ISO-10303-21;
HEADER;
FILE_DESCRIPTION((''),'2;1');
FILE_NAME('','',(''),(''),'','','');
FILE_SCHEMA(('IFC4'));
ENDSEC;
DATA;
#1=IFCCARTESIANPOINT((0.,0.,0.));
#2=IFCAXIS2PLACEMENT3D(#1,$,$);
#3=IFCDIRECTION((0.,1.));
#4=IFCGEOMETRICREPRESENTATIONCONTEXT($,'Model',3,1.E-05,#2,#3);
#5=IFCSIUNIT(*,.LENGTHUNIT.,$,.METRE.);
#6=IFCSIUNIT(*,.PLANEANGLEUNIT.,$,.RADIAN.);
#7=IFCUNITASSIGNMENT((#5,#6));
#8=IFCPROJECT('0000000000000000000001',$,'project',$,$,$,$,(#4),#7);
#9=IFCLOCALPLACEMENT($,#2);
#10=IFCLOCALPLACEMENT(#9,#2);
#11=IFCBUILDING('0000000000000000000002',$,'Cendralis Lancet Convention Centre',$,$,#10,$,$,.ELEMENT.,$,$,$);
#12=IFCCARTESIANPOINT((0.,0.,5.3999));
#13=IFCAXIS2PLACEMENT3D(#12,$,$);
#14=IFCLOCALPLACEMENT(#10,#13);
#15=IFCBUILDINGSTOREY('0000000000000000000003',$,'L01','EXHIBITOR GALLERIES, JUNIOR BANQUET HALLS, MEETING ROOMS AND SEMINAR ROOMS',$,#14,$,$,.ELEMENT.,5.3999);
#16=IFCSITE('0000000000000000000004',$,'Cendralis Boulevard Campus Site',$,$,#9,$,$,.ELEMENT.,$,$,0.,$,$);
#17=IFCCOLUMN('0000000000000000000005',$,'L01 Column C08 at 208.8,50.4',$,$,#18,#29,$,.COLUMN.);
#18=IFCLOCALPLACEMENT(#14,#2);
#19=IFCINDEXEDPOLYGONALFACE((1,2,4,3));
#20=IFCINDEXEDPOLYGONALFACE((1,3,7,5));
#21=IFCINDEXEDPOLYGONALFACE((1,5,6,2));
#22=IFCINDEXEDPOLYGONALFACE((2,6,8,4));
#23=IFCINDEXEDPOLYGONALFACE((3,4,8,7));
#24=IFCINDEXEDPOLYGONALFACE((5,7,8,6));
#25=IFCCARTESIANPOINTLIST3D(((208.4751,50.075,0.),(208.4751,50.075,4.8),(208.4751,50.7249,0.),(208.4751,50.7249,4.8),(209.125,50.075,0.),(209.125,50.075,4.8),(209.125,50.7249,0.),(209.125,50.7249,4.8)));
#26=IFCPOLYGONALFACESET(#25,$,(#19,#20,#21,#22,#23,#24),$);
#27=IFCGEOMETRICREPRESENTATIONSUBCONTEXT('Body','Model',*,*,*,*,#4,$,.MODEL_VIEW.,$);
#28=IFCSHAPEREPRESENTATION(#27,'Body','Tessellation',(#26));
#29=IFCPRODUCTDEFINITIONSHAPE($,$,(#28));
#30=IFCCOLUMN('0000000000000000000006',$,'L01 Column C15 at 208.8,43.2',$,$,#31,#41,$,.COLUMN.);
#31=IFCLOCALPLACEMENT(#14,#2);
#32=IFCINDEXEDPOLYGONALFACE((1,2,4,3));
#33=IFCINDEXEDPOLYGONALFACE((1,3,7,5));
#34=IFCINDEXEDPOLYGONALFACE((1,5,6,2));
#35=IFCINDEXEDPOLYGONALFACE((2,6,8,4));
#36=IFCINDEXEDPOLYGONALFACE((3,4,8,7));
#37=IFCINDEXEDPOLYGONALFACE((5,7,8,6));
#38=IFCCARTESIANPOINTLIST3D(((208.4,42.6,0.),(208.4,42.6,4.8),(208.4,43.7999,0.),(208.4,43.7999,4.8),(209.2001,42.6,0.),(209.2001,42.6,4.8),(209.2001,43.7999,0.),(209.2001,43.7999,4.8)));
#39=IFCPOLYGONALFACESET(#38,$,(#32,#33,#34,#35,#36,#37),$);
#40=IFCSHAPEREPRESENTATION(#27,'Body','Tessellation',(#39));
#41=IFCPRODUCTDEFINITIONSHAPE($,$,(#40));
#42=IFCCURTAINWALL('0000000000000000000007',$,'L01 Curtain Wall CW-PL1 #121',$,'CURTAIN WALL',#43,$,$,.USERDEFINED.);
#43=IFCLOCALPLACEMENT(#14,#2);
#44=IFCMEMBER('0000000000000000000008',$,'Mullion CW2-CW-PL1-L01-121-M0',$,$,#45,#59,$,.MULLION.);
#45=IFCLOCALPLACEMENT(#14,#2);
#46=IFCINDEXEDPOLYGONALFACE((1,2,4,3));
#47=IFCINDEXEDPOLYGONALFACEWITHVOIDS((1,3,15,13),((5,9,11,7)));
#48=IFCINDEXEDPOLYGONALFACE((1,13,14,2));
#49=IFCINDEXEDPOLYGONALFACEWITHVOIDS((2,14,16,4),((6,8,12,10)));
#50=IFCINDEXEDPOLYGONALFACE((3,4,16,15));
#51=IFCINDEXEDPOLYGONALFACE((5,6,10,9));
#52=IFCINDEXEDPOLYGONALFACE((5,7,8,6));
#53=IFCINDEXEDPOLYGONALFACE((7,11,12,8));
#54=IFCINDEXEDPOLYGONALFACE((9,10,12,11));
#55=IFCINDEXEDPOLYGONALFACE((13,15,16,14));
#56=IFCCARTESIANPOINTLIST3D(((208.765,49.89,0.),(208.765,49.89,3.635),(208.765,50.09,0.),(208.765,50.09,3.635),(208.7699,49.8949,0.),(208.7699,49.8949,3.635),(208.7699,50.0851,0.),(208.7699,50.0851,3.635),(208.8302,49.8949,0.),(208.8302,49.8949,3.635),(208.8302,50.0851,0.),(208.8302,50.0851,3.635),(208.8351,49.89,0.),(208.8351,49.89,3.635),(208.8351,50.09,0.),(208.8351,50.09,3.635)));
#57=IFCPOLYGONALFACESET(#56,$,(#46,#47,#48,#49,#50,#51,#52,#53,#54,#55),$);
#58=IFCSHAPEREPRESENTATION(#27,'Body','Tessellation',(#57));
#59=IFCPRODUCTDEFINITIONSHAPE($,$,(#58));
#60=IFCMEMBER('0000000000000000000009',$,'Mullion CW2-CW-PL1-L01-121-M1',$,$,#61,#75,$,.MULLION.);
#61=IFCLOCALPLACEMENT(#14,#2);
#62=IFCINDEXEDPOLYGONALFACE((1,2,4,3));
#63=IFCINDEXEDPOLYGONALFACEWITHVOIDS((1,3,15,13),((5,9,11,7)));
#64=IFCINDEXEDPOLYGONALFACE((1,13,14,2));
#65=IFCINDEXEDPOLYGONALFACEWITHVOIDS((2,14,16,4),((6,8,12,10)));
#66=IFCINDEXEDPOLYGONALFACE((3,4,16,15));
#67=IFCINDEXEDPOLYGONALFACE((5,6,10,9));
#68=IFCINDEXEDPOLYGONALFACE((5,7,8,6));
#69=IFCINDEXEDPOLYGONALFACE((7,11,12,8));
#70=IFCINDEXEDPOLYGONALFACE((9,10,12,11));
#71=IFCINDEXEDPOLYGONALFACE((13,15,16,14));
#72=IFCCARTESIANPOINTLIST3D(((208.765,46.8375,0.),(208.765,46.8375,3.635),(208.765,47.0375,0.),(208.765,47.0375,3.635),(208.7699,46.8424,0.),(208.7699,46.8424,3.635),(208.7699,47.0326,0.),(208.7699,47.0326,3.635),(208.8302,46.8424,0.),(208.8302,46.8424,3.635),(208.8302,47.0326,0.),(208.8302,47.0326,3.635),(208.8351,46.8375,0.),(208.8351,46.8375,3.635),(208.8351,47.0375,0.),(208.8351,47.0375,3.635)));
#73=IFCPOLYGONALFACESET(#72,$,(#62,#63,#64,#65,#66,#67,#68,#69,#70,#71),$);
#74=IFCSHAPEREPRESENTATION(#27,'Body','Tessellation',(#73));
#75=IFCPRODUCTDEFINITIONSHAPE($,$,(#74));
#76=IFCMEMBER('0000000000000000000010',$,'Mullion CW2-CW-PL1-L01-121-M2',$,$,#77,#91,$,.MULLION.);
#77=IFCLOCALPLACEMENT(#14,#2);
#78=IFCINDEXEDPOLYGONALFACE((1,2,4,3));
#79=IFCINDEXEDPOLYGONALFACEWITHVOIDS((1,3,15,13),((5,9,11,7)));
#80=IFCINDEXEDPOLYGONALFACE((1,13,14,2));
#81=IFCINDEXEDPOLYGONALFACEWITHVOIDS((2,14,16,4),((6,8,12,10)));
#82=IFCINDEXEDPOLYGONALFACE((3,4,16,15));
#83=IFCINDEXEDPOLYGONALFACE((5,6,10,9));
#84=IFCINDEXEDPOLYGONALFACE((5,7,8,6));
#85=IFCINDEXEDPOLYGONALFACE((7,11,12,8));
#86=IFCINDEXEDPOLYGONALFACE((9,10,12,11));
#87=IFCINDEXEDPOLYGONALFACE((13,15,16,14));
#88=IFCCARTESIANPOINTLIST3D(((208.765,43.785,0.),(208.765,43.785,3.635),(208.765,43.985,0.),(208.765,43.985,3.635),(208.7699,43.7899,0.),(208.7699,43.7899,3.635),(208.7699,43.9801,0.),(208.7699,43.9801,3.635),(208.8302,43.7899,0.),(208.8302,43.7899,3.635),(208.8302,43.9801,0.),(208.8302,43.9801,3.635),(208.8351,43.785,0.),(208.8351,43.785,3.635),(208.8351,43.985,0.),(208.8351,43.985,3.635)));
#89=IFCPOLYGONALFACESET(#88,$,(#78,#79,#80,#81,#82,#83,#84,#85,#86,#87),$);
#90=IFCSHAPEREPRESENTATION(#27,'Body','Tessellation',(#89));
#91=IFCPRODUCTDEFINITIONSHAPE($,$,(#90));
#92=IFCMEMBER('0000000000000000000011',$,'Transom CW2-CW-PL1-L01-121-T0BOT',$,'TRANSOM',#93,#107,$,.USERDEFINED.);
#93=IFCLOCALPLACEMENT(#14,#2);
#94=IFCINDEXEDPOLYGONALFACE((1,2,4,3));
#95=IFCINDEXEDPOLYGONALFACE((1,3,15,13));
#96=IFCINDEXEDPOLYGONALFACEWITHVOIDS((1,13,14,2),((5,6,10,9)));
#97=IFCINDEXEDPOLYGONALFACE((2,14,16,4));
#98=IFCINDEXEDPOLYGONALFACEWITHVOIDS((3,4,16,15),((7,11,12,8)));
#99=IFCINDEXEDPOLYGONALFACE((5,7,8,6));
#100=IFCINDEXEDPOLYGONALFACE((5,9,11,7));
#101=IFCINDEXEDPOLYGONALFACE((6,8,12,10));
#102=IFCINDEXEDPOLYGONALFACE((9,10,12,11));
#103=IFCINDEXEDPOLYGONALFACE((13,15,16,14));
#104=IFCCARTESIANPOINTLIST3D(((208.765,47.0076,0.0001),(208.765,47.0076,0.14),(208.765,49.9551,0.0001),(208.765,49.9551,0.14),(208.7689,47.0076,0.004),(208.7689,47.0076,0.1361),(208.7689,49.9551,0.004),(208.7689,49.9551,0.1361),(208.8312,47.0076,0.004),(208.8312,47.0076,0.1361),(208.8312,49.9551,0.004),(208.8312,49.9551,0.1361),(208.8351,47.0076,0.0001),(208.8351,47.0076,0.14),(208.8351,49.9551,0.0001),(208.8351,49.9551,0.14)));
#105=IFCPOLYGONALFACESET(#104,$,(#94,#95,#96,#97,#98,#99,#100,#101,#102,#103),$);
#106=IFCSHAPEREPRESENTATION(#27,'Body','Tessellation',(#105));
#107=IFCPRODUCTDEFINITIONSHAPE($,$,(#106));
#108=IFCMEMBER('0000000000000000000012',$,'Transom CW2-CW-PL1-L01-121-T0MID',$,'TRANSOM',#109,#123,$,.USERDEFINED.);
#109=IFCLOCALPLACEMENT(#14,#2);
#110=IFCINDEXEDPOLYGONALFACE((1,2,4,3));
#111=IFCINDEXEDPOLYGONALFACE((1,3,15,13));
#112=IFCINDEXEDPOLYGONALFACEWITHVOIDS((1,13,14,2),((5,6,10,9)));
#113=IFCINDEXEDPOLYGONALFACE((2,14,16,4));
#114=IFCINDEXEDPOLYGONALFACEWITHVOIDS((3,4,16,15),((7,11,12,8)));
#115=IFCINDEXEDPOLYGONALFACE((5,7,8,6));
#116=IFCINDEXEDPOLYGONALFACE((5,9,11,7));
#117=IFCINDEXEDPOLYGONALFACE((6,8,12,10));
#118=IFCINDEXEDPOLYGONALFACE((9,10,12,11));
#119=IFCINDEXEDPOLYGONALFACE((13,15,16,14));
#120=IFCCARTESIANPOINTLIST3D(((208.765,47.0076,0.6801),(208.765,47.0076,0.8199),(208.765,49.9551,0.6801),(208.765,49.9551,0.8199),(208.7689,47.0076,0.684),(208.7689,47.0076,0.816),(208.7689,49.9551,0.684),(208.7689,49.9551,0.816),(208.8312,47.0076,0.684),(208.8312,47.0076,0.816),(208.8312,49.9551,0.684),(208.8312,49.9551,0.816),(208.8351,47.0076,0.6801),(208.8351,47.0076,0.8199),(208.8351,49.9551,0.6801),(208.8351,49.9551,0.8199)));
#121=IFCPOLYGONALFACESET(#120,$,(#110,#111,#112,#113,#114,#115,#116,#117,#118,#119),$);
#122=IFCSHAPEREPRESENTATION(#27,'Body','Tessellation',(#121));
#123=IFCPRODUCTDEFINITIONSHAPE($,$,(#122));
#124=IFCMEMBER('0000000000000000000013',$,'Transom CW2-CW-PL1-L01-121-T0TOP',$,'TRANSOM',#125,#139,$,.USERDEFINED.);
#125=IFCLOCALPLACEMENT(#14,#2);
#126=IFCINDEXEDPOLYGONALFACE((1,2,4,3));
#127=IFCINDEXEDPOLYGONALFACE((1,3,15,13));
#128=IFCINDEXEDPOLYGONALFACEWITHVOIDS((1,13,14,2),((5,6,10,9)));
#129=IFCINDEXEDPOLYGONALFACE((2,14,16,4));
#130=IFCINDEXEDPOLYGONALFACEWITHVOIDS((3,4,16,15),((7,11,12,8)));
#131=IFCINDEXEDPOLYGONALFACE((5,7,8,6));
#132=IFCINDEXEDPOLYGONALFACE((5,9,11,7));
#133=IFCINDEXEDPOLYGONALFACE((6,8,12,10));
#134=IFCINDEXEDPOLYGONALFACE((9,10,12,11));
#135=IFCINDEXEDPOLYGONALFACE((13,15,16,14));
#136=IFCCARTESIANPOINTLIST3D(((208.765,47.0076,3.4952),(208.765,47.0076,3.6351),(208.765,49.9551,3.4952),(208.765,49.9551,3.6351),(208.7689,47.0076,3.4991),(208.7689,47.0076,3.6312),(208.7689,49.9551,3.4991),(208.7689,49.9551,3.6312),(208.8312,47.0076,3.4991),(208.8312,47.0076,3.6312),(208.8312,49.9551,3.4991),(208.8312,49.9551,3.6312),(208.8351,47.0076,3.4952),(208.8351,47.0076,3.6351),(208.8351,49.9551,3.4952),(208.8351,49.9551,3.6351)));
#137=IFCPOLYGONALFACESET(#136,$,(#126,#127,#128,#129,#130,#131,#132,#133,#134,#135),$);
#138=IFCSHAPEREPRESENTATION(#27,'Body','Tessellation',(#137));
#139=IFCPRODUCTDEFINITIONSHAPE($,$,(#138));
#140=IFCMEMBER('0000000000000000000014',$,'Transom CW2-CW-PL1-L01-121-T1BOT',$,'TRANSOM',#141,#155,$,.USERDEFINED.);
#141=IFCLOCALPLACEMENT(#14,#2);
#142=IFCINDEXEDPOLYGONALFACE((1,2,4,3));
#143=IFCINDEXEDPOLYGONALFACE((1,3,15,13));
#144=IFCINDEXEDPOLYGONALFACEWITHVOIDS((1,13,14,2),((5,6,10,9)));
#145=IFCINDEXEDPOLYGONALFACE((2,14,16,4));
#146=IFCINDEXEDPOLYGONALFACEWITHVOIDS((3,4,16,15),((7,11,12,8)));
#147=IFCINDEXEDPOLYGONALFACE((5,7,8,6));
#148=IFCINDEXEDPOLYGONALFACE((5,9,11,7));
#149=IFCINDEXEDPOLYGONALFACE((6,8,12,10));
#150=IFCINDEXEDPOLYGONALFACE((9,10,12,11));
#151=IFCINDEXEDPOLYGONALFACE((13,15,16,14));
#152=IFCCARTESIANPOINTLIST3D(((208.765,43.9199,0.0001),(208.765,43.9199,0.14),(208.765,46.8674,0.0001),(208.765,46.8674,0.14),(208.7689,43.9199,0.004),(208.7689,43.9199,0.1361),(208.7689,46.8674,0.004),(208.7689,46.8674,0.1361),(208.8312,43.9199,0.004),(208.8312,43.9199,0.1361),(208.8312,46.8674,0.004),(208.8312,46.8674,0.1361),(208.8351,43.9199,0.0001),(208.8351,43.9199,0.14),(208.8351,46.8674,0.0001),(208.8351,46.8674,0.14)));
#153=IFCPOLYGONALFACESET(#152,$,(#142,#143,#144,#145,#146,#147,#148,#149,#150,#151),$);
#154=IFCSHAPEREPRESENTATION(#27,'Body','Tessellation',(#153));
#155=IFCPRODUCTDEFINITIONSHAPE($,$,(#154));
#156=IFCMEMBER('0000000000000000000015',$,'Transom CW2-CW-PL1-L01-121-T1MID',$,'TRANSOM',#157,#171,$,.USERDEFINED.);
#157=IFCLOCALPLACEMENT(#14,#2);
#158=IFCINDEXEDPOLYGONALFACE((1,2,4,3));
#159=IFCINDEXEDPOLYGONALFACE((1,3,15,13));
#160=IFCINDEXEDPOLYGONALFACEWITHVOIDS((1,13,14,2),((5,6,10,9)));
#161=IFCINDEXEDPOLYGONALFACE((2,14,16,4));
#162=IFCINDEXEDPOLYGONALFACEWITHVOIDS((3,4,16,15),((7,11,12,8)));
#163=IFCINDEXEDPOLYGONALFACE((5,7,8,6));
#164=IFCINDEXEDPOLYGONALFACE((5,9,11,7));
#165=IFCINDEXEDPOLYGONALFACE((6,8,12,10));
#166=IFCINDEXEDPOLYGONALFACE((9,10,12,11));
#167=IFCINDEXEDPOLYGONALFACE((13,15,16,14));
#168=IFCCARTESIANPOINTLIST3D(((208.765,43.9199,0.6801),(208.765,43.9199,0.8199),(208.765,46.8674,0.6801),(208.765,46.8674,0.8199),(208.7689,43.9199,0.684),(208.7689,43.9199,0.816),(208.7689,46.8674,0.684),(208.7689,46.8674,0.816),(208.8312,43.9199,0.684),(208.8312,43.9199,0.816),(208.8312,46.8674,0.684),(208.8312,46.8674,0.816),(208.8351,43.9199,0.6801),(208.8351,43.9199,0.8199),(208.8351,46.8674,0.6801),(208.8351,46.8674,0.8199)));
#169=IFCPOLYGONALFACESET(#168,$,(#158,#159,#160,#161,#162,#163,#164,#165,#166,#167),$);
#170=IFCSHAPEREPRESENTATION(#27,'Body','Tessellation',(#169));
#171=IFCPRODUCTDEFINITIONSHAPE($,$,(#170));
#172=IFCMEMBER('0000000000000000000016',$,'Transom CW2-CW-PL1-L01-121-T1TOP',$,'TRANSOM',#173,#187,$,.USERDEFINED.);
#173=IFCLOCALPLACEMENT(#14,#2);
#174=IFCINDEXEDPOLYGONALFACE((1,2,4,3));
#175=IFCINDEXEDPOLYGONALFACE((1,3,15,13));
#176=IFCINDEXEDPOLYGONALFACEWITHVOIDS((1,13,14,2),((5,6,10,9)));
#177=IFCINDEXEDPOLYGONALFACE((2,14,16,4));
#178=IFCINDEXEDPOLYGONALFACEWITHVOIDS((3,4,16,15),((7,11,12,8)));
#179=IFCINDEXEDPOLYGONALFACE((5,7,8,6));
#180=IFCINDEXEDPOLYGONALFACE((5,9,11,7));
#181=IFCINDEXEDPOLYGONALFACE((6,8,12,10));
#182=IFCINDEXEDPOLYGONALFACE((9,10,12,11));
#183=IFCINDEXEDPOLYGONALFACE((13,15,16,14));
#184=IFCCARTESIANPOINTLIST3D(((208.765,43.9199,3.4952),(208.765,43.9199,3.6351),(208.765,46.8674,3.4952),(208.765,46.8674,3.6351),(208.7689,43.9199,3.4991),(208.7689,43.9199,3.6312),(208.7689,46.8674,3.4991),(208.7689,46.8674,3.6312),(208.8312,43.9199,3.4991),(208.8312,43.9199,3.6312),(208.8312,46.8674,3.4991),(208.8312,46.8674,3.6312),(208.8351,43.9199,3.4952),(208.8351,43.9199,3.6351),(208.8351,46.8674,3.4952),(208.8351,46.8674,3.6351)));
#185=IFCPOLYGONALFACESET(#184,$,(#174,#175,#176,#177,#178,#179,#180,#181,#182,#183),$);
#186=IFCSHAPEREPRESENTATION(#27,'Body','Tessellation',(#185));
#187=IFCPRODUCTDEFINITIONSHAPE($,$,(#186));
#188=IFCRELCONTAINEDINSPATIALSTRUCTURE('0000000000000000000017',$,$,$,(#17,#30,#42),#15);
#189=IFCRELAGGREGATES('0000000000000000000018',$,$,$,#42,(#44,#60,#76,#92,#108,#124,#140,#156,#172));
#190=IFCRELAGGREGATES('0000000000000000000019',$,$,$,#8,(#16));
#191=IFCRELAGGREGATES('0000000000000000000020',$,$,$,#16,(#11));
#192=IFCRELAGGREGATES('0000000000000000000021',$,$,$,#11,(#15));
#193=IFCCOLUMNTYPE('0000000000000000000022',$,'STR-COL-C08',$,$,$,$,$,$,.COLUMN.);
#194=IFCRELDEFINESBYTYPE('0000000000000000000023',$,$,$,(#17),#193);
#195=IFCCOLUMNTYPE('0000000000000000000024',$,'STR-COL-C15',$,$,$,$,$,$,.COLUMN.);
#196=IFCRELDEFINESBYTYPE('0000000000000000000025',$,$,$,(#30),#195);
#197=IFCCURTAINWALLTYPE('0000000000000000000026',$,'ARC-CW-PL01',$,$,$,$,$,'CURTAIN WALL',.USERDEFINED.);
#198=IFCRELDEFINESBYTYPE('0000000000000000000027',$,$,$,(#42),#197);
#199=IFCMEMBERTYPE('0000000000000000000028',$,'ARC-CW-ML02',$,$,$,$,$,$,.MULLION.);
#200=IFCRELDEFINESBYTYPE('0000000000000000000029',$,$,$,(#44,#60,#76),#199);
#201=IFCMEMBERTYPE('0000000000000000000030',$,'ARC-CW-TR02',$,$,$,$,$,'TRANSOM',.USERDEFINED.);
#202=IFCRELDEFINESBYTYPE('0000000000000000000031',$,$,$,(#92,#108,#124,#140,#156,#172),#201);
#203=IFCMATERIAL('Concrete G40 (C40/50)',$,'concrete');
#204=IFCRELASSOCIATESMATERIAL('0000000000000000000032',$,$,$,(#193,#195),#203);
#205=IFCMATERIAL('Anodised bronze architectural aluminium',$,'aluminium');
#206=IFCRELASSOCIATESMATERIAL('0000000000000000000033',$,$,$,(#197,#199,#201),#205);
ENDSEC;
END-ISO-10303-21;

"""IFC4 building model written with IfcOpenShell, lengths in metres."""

from ifc_helpers import new_model, si_unit, direction, frame, origin, origin_2d, place, context, subcontext, project, spatial, rectangle, hollow_rectangle, extrude, material, material_profile, profile_set, type_object, element, aggregate, save


model = new_model("IFC4")

# Units and contexts
model_context = context("Model", 3, precision=1e-05, world=origin(), true_north=direction((0.0, 1.0)))
body_context = subcontext(model_context, "Body", "Model", "MODEL_VIEW")
ifc_project = project(units=[si_unit("LENGTHUNIT", "METRE"), si_unit("PLANEANGLEUNIT", "RADIAN")], contexts=[model_context])

# Site, building, storey
site_placement = place(None, origin())
site = spatial("IfcSite", under=ifc_project, at=site_placement, Name="Cendralis Boulevard Campus Site", CompositionType="ELEMENT", RefElevation=0.0)
building_placement = place(site_placement, origin())
building = spatial("IfcBuilding", under=site, at=building_placement, Name="Cendralis Lancet Convention Centre", CompositionType="ELEMENT")
storey_placement = place(building_placement, frame((0.0, 0.0, 5.3999)))
storey = spatial("IfcBuildingStorey", under=building, at=storey_placement, Name="L01", Description="EXHIBITOR GALLERIES, JUNIOR BANQUET HALLS, MEETING ROOMS AND SEMINAR ROOMS", CompositionType="ELEMENT", Elevation=5.3999)

# Columns
ifc_material_1 = material(Name="Concrete G40 (C40/50)", Category="concrete")
ifc_material_profile_1 = material_profile(ifc_material_1, rectangle(XDim=0.6499, YDim=0.6499, at=origin_2d()), Name="RC 650x650")
ifc_profile_set_1 = profile_set([ifc_material_profile_1], Name="Concrete G40 (C40/50)")
column_type_1 = type_object("IfcColumnType", Name="STR-COL-C08", PredefinedType="COLUMN", material=ifc_profile_set_1)
column_1_placement = place(storey_placement, frame((208.8, 50.3999, 0.0), z_axis=(0.0, 0.0, 1.0), x_axis=(1.0, 0.0, 0.0)))
element("IfcColumn", 1, at=column_1_placement, inside=storey, type_object=column_type_1, Name="L01 Column C08 at 208.8,50.4", PredefinedType="COLUMN", context=body_context, shape_type="SweptSolid", body=[
    extrude(rectangle(XDim=0.6499, YDim=0.6499, at=origin_2d()), origin(), (0.0, 0.0, 1.0), 4.8),
])
ifc_material_profile_2 = material_profile(ifc_material_1, rectangle(XDim=0.8, YDim=1.2, at=origin_2d()), Name="RC 800x1200")
ifc_profile_set_2 = profile_set([ifc_material_profile_2], Name="Concrete G40 (C40/50)")
column_type_2 = type_object("IfcColumnType", Name="STR-COL-C15", PredefinedType="COLUMN", material=ifc_profile_set_2)
column_2_placement = place(storey_placement, frame((208.8, 43.2, 0.0), z_axis=(0.0, 0.0, 1.0), x_axis=(1.0, 0.0, 0.0)))
element("IfcColumn", 2, at=column_2_placement, inside=storey, type_object=column_type_2, Name="L01 Column C15 at 208.8,43.2", PredefinedType="COLUMN", context=body_context, shape_type="SweptSolid", body=[
    extrude(rectangle(XDim=0.8, YDim=1.2, at=origin_2d()), origin(), (0.0, 0.0, 1.0), 4.8),
])

# Curtain wall, members
ifc_material_2 = material(Name="Anodised bronze architectural aluminium", Category="aluminium")
curtain_wall_type = type_object("IfcCurtainWallType", Name="ARC-CW-PL01", ElementType="CURTAIN WALL", PredefinedType="USERDEFINED", material=ifc_material_2)
curtain_wall_placement = place(storey_placement, origin())
curtain_wall = element("IfcCurtainWall", 3, at=curtain_wall_placement, inside=storey, type_object=curtain_wall_type, Name="L01 Curtain Wall CW-PL1 #121", ObjectType="CURTAIN WALL", PredefinedType="USERDEFINED")
ifc_material_profile_3 = material_profile(ifc_material_2, hollow_rectangle(XDim=0.0701, YDim=0.2, WallThickness=0.0049, at=origin_2d()), Name="AL-MULL 70x200x5.0")
ifc_profile_set_3 = profile_set([ifc_material_profile_3], Name="Anodised bronze architectural aluminium")
member_type_1 = type_object("IfcMemberType", Name="ARC-CW-ML02", PredefinedType="MULLION", material=ifc_profile_set_3)
member_1_placement = place(storey_placement, frame((208.8, 49.99, 0.0), z_axis=(0.0, 0.0, 1.0), x_axis=(1.0, 0.0, 0.0)))
member_1 = element("IfcMember", 4, at=member_1_placement, type_object=member_type_1, Name="Mullion CW2-CW-PL1-L01-121-M0", PredefinedType="MULLION", context=body_context, shape_type="SweptSolid", body=[
    extrude(hollow_rectangle(XDim=0.0701, YDim=0.2, WallThickness=0.0049, at=origin_2d()), origin(), (0.0, 0.0, 1.0), 3.635),
])
member_2_placement = place(storey_placement, frame((208.8, 46.9375, 0.0), z_axis=(0.0, 0.0, 1.0), x_axis=(1.0, 0.0, 0.0)))
member_2 = element("IfcMember", 5, at=member_2_placement, type_object=member_type_1, Name="Mullion CW2-CW-PL1-L01-121-M1", PredefinedType="MULLION", context=body_context, shape_type="SweptSolid", body=[
    extrude(hollow_rectangle(XDim=0.0701, YDim=0.2, WallThickness=0.0049, at=origin_2d()), origin(), (0.0, 0.0, 1.0), 3.635),
])
member_3_placement = place(storey_placement, frame((208.8, 43.885, 0.0), z_axis=(0.0, 0.0, 1.0), x_axis=(1.0, 0.0, 0.0)))
member_3 = element("IfcMember", 6, at=member_3_placement, type_object=member_type_1, Name="Mullion CW2-CW-PL1-L01-121-M2", PredefinedType="MULLION", context=body_context, shape_type="SweptSolid", body=[
    extrude(hollow_rectangle(XDim=0.0701, YDim=0.2, WallThickness=0.0049, at=origin_2d()), origin(), (0.0, 0.0, 1.0), 3.635),
])
ifc_material_profile_4 = material_profile(ifc_material_2, hollow_rectangle(XDim=0.0701, YDim=0.1399, WallThickness=0.0039, at=origin_2d()), Name="AL-TRAN 70x140x4.0")
ifc_profile_set_4 = profile_set([ifc_material_profile_4], Name="Anodised bronze architectural aluminium")
member_type_2 = type_object("IfcMemberType", Name="ARC-CW-TR02", ElementType="TRANSOM", PredefinedType="USERDEFINED", material=ifc_profile_set_4)
member_4_placement = place(storey_placement, frame((208.8, 49.9551, 0.0701), z_axis=(0.0, -1.0, 0.0), x_axis=(1.0, 0.0, 0.0)))
member_4 = element("IfcMember", 7, at=member_4_placement, type_object=member_type_2, Name="Transom CW2-CW-PL1-L01-121-T0BOT", ObjectType="TRANSOM", PredefinedType="USERDEFINED", context=body_context, shape_type="SweptSolid", body=[
    extrude(hollow_rectangle(XDim=0.0701, YDim=0.1399, WallThickness=0.0039, at=origin_2d()), origin(), (0.0, 0.0, 1.0), 2.9475),
])
member_5_placement = place(storey_placement, frame((208.8, 49.9551, 0.75), z_axis=(0.0, -1.0, 0.0), x_axis=(1.0, 0.0, 0.0)))
member_5 = element("IfcMember", 8, at=member_5_placement, type_object=member_type_2, Name="Transom CW2-CW-PL1-L01-121-T0MID", ObjectType="TRANSOM", PredefinedType="USERDEFINED", context=body_context, shape_type="SweptSolid", body=[
    extrude(hollow_rectangle(XDim=0.0701, YDim=0.1399, WallThickness=0.0039, at=origin_2d()), origin(), (0.0, 0.0, 1.0), 2.9475),
])
member_6_placement = place(storey_placement, frame((208.8, 49.9551, 3.5652), z_axis=(0.0, -1.0, 0.0), x_axis=(1.0, 0.0, 0.0)))
member_6 = element("IfcMember", 9, at=member_6_placement, type_object=member_type_2, Name="Transom CW2-CW-PL1-L01-121-T0TOP", ObjectType="TRANSOM", PredefinedType="USERDEFINED", context=body_context, shape_type="SweptSolid", body=[
    extrude(hollow_rectangle(XDim=0.0701, YDim=0.1399, WallThickness=0.0039, at=origin_2d()), origin(), (0.0, 0.0, 1.0), 2.9475),
])
member_7_placement = place(storey_placement, frame((208.8, 46.8674, 0.0701), z_axis=(0.0, -1.0, 0.0), x_axis=(1.0, 0.0, 0.0)))
member_7 = element("IfcMember", 10, at=member_7_placement, type_object=member_type_2, Name="Transom CW2-CW-PL1-L01-121-T1BOT", ObjectType="TRANSOM", PredefinedType="USERDEFINED", context=body_context, shape_type="SweptSolid", body=[
    extrude(hollow_rectangle(XDim=0.0701, YDim=0.1399, WallThickness=0.0039, at=origin_2d()), origin(), (0.0, 0.0, 1.0), 2.9475),
])
member_8_placement = place(storey_placement, frame((208.8, 46.8674, 0.75), z_axis=(0.0, -1.0, 0.0), x_axis=(1.0, 0.0, 0.0)))
member_8 = element("IfcMember", 11, at=member_8_placement, type_object=member_type_2, Name="Transom CW2-CW-PL1-L01-121-T1MID", ObjectType="TRANSOM", PredefinedType="USERDEFINED", context=body_context, shape_type="SweptSolid", body=[
    extrude(hollow_rectangle(XDim=0.0701, YDim=0.1399, WallThickness=0.0039, at=origin_2d()), origin(), (0.0, 0.0, 1.0), 2.9475),
])
member_9_placement = place(storey_placement, frame((208.8, 46.8674, 3.5652), z_axis=(0.0, -1.0, 0.0), x_axis=(1.0, 0.0, 0.0)))
member_9 = element("IfcMember", 12, at=member_9_placement, type_object=member_type_2, Name="Transom CW2-CW-PL1-L01-121-T1TOP", ObjectType="TRANSOM", PredefinedType="USERDEFINED", context=body_context, shape_type="SweptSolid", body=[
    extrude(hollow_rectangle(XDim=0.0701, YDim=0.1399, WallThickness=0.0039, at=origin_2d()), origin(), (0.0, 0.0, 1.0), 2.9475),
])

aggregate(curtain_wall, [member_1, member_2, member_3, member_4, member_5, member_6, member_7, member_8, member_9])

save(model, "model.ifc")
